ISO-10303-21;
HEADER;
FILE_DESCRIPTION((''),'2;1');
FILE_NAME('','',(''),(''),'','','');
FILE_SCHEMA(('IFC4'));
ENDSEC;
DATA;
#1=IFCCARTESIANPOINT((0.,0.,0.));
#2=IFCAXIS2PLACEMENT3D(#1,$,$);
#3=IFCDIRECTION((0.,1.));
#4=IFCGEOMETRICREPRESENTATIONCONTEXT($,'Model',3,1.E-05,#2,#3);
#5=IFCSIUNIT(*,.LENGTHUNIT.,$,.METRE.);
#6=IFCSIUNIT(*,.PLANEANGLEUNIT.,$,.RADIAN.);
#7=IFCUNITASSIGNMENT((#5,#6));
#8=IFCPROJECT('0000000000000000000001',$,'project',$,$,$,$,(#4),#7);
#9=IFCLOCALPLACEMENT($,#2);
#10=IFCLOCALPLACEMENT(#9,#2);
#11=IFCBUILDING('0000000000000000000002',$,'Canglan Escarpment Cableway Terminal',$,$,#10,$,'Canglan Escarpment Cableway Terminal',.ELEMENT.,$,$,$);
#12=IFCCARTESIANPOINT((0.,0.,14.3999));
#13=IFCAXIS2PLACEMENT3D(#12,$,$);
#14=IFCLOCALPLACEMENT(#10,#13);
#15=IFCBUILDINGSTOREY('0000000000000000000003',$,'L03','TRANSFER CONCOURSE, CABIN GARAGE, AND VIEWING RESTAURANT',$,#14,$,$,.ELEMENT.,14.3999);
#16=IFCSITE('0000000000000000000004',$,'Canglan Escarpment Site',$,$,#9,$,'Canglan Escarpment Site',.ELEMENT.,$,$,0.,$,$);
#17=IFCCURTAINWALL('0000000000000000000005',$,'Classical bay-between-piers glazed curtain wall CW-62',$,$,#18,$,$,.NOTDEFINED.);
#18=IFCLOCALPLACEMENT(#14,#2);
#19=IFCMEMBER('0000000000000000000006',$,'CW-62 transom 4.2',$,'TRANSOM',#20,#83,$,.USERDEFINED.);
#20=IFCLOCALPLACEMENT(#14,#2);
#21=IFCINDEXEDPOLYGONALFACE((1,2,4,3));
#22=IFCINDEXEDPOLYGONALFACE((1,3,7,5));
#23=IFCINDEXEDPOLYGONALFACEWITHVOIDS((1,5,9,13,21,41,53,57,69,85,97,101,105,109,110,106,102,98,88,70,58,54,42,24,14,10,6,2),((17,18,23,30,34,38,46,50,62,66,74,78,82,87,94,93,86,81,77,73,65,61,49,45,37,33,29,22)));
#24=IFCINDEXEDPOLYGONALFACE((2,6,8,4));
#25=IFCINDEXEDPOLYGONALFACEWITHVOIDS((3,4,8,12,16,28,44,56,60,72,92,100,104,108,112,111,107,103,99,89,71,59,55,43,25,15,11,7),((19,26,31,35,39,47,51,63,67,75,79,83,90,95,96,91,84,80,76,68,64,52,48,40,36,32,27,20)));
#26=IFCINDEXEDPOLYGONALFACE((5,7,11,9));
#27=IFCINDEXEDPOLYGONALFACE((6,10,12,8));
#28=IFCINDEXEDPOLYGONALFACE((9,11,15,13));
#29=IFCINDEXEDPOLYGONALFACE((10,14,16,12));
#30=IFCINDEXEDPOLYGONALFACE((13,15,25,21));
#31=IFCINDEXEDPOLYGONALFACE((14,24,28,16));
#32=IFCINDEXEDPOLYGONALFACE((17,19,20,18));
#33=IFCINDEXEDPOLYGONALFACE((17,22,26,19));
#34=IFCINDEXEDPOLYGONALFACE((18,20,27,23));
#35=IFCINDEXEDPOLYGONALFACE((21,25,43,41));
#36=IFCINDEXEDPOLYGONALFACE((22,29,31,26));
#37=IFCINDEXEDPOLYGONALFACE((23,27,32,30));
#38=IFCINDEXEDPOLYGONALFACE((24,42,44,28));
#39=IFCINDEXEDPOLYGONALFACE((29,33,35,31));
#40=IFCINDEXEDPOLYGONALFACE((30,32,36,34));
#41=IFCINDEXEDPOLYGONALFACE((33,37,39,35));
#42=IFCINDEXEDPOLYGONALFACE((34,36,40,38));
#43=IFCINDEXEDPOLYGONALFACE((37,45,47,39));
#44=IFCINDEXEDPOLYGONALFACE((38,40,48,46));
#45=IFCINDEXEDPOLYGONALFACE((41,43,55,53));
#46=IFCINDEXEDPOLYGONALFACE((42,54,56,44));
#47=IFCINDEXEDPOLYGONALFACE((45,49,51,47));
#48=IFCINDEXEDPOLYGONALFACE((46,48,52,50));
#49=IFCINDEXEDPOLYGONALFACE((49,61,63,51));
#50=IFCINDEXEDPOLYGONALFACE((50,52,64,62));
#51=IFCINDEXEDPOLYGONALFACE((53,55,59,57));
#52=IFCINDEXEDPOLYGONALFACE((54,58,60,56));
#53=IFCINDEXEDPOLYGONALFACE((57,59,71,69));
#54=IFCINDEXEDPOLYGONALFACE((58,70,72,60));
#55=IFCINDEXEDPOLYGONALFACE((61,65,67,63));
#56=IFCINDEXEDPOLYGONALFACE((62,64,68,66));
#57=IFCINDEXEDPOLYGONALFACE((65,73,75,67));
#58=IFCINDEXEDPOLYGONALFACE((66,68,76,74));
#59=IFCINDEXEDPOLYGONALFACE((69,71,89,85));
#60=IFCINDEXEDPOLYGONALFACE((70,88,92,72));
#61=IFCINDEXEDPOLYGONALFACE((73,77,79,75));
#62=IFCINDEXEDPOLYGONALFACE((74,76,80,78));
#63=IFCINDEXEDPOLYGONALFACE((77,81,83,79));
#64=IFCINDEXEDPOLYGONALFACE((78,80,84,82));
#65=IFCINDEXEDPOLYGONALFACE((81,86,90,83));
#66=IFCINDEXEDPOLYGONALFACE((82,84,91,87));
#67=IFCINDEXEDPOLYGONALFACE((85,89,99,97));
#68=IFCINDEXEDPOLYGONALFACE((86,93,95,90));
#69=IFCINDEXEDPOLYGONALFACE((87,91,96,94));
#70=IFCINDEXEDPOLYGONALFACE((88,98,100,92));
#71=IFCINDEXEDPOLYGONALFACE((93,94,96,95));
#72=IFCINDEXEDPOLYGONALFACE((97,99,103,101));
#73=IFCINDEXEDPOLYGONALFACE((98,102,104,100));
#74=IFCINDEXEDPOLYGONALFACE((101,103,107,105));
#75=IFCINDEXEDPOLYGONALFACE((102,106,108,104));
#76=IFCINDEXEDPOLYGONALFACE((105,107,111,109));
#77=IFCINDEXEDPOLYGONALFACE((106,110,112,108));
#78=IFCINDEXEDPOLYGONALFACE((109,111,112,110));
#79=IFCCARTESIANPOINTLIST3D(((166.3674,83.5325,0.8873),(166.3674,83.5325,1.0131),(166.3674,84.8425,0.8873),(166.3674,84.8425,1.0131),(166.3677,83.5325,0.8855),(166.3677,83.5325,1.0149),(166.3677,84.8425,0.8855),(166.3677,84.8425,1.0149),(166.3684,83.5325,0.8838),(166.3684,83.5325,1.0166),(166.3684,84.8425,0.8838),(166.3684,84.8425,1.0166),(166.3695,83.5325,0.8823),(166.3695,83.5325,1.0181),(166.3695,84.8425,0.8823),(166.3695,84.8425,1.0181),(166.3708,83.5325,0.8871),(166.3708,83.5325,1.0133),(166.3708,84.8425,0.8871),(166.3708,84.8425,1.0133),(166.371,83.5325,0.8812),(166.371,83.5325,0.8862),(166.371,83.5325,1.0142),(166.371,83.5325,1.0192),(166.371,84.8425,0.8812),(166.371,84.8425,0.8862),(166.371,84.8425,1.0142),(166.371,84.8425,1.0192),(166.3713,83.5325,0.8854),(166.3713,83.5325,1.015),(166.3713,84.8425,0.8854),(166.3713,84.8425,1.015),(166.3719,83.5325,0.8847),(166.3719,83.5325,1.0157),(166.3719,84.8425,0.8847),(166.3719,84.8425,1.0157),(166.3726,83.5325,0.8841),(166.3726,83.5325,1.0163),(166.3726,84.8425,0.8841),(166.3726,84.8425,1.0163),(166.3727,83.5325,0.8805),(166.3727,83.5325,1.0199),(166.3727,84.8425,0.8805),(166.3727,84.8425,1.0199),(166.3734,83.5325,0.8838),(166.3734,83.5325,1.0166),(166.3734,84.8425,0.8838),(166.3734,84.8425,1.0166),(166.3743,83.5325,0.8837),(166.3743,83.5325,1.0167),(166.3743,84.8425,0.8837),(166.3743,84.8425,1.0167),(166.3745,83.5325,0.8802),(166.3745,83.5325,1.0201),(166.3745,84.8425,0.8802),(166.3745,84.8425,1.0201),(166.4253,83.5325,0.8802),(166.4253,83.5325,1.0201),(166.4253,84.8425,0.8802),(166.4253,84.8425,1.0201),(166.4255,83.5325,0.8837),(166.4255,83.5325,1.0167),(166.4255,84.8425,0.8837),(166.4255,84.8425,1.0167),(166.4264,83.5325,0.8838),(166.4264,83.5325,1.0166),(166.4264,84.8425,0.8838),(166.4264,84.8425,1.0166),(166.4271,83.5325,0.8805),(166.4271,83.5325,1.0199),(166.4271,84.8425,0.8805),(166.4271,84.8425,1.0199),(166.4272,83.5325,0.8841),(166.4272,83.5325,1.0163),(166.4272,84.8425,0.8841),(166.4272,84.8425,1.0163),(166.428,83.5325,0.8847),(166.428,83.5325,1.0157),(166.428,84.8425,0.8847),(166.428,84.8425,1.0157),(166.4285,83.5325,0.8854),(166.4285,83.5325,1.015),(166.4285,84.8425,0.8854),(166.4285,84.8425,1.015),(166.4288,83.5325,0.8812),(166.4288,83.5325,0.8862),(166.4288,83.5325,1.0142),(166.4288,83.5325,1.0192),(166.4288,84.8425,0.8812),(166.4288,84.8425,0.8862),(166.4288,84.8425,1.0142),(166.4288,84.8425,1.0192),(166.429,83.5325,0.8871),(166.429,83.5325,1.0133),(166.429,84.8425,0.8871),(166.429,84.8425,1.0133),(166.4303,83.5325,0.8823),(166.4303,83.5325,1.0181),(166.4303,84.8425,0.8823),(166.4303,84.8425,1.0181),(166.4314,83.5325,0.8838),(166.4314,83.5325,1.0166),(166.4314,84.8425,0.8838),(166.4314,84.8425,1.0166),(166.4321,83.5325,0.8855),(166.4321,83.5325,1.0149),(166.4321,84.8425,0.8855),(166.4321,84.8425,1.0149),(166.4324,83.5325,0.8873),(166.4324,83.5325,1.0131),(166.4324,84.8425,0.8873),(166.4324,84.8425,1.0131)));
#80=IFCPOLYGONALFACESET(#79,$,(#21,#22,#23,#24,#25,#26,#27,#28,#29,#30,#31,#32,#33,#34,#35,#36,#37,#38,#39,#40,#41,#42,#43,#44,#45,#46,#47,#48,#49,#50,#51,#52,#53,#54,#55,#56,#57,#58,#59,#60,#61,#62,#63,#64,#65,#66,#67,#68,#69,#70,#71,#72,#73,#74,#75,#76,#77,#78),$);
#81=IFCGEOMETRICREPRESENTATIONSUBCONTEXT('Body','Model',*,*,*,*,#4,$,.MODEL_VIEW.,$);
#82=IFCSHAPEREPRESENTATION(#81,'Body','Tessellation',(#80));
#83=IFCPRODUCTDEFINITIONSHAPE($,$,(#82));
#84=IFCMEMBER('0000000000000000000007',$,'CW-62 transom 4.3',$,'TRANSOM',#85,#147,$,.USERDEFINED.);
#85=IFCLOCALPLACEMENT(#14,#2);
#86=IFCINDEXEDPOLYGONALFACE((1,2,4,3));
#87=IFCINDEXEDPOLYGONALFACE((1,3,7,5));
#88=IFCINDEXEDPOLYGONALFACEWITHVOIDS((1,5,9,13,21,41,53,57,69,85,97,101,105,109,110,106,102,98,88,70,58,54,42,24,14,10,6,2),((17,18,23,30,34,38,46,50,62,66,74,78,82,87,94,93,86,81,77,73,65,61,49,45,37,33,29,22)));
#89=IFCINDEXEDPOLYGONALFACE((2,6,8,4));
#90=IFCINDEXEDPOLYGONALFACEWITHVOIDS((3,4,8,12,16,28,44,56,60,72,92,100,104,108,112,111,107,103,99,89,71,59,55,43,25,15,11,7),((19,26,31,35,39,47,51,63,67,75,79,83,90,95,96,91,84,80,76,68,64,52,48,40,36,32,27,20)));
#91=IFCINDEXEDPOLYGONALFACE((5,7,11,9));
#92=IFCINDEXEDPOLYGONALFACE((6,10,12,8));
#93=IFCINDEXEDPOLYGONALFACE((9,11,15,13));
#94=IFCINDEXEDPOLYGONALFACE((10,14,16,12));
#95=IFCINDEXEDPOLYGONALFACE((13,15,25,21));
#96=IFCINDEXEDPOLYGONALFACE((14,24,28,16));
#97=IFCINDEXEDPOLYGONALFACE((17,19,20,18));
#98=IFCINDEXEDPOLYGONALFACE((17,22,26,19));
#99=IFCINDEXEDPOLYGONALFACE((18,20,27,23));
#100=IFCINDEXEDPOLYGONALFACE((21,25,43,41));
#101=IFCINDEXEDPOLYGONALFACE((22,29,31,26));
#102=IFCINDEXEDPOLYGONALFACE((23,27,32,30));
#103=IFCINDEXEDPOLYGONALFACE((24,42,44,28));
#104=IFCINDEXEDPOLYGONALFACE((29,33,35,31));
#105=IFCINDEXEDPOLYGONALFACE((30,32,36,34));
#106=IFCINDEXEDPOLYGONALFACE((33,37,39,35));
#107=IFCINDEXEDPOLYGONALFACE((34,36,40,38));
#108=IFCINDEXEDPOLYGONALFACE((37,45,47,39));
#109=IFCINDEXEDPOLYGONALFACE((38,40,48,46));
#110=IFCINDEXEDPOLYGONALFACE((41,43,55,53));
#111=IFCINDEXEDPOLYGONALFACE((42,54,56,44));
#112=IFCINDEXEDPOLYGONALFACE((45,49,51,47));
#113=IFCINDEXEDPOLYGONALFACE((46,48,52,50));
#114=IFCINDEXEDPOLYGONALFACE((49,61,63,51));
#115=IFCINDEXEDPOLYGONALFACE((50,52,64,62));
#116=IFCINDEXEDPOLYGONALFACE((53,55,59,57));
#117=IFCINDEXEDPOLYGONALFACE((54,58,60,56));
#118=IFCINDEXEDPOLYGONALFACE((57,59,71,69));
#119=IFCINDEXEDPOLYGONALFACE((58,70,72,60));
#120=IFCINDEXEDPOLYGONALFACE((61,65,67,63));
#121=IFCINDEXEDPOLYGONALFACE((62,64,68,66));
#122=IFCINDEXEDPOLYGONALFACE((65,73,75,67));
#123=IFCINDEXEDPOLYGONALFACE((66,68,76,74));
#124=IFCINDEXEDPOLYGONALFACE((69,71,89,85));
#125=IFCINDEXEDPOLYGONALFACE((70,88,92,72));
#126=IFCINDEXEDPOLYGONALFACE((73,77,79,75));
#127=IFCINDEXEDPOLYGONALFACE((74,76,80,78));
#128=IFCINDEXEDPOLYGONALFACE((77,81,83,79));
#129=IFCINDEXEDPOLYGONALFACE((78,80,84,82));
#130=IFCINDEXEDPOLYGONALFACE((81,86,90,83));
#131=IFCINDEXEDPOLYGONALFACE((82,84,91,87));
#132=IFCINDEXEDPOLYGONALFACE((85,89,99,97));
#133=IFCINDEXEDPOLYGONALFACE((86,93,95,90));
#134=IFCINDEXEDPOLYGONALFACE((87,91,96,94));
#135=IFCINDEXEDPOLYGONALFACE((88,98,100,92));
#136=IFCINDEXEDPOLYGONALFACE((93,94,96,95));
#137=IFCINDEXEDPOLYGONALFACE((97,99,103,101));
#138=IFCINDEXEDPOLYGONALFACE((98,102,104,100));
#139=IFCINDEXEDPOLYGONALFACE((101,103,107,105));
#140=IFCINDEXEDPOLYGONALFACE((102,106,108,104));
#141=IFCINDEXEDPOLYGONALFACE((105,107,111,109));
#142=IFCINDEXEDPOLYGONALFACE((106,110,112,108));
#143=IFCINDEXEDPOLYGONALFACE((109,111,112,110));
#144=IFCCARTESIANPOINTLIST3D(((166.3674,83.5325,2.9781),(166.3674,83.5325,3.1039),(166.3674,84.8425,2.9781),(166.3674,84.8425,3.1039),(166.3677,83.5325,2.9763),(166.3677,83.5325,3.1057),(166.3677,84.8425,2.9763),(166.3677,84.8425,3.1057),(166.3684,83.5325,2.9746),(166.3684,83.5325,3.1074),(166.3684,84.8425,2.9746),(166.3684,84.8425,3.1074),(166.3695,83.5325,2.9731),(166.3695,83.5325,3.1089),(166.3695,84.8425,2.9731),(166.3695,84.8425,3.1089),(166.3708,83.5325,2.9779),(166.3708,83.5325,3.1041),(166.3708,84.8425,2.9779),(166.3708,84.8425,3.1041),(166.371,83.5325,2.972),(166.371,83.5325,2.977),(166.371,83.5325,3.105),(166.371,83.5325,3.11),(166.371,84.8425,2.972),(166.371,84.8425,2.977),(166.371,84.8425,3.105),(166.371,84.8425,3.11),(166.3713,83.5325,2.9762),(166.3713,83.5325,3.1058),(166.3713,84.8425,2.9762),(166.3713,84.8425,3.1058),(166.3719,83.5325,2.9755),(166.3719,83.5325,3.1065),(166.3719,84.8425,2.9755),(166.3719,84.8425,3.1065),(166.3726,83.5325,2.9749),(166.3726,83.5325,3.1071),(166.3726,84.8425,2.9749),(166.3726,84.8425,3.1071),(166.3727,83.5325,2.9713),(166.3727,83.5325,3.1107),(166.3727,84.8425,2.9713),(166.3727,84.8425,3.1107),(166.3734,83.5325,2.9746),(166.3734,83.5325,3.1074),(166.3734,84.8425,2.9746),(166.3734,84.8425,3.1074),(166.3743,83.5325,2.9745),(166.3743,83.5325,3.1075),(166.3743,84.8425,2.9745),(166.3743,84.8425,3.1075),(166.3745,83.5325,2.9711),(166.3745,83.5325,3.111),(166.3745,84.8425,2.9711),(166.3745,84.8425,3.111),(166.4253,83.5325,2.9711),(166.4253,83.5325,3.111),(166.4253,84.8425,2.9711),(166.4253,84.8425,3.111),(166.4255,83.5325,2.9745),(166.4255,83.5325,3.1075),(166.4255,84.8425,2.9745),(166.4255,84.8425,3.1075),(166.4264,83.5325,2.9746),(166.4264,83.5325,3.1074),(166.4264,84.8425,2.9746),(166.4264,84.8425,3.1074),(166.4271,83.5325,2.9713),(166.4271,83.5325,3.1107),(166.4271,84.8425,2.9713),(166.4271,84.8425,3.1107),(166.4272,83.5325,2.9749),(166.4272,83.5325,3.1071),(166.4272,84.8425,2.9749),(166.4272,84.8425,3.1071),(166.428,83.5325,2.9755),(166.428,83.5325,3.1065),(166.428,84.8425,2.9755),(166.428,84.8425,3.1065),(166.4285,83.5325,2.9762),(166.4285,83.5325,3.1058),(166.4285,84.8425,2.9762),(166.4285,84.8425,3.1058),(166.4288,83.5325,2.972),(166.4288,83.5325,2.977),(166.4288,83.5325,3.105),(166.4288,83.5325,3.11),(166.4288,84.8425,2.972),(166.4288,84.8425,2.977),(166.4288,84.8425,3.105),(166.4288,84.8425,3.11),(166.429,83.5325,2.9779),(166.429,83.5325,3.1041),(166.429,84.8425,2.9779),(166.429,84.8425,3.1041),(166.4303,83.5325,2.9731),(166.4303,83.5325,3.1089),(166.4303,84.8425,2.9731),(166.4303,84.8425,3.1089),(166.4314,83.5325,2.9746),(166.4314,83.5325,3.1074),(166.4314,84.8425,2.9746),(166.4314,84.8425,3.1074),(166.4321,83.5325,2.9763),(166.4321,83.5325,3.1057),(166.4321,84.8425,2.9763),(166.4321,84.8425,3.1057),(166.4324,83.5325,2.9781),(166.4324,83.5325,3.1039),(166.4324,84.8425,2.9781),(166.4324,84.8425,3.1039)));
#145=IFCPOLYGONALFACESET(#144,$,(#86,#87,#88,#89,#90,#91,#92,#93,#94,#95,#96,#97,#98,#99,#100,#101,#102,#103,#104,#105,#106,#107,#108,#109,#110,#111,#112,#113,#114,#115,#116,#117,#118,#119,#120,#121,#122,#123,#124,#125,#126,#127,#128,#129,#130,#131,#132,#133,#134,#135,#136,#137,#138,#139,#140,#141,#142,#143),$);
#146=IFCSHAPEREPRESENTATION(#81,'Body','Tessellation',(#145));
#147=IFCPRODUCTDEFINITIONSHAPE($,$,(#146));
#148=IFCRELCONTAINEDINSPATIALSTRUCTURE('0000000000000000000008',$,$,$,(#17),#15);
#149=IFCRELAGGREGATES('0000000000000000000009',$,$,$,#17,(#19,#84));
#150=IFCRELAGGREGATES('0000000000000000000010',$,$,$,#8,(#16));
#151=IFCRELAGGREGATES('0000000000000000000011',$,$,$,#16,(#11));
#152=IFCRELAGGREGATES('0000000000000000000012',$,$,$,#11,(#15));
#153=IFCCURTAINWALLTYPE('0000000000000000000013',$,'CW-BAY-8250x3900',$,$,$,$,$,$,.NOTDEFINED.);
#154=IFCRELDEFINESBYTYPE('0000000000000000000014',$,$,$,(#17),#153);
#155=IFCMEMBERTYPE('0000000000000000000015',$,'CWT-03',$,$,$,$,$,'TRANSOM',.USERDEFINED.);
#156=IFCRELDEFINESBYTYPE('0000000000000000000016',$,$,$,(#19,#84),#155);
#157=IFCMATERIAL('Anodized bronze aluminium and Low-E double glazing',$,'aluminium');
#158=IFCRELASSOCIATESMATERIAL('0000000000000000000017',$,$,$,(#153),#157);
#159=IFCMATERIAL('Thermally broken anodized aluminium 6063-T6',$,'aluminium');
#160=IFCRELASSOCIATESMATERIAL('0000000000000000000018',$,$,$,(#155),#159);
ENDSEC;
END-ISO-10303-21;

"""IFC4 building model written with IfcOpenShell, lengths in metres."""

from ifc_helpers import new_model, si_unit, direction, frame, origin, origin_2d, place, context, subcontext, project, spatial, hollow_rectangle, extrude, material, material_profile, profile_set, type_object, element, aggregate, save


model = new_model("IFC4")

# Units and contexts
model_context = context("Model", 3, precision=1e-05, world=origin(), true_north=direction((0.0, 1.0)))
body_context = subcontext(model_context, "Body", "Model", "MODEL_VIEW")
ifc_project = project(units=[si_unit("LENGTHUNIT", "METRE"), si_unit("PLANEANGLEUNIT", "RADIAN")], contexts=[model_context])

# Site, building, storey
site_placement = place(None, origin())
site = spatial("IfcSite", under=ifc_project, at=site_placement, Name="Canglan Escarpment Site", LongName="Canglan Escarpment Site", CompositionType="ELEMENT", RefElevation=0.0)
building_placement = place(site_placement, origin())
building = spatial("IfcBuilding", under=site, at=building_placement, Name="Canglan Escarpment Cableway Terminal", LongName="Canglan Escarpment Cableway Terminal", CompositionType="ELEMENT")
storey_placement = place(building_placement, frame((0.0, 0.0, 14.3999)))
storey = spatial("IfcBuildingStorey", under=building, at=storey_placement, Name="L03", Description="TRANSFER CONCOURSE, CABIN GARAGE, AND VIEWING RESTAURANT", CompositionType="ELEMENT", Elevation=14.3999)

# Curtain wall, members
ifc_material_1 = material(Name="Anodized bronze aluminium and Low-E double glazing", Category="aluminium")
curtain_wall_type = type_object("IfcCurtainWallType", Name="CW-BAY-8250x3900", PredefinedType="NOTDEFINED", material=ifc_material_1)
curtain_wall_placement = place(storey_placement, origin())
curtain_wall = element("IfcCurtainWall", 1, at=curtain_wall_placement, inside=storey, type_object=curtain_wall_type, Name="Classical bay-between-piers glazed curtain wall CW-62", PredefinedType="NOTDEFINED")
ifc_material_2 = material(Name="Thermally broken anodized aluminium 6063-T6", Category="aluminium")
ifc_material_profile_1 = material_profile(ifc_material_2, hollow_rectangle(XDim=0.0649, YDim=0.1399, WallThickness=0.0034, InnerFilletRadius=0.0034, OuterFilletRadius=0.0071, at=origin_2d()), Name="ALU-TRAN 65x140x3.5")
ifc_profile_set_1 = profile_set([ifc_material_profile_1], Name="Thermally broken anodized aluminium 6063-T6")
member_type_1 = type_object("IfcMemberType", Name="CWT-03", ElementType="TRANSOM", PredefinedType="USERDEFINED", material=ifc_profile_set_1)
member_1_placement = place(storey_placement, frame((166.3999, 83.5325, 0.9502), z_axis=(0.0, 1.0, 0.0), x_axis=(-1.0, 0.0, 0.0)))
member_1 = element("IfcMember", 2, at=member_1_placement, type_object=member_type_1, Name="CW-62 transom 4.2", ObjectType="TRANSOM", PredefinedType="USERDEFINED", context=body_context, shape_type="SweptSolid", body=[
    extrude(hollow_rectangle(XDim=0.0649, YDim=0.1399, WallThickness=0.0034, InnerFilletRadius=0.0034, OuterFilletRadius=0.0071, at=origin_2d()), origin(), (0.0, 0.0, 1.0), 1.3101),
])
member_2_placement = place(storey_placement, frame((166.3999, 83.5325, 3.041), z_axis=(0.0, 1.0, 0.0), x_axis=(-1.0, 0.0, 0.0)))
member_2 = element("IfcMember", 3, at=member_2_placement, type_object=member_type_1, Name="CW-62 transom 4.3", ObjectType="TRANSOM", PredefinedType="USERDEFINED", context=body_context, shape_type="SweptSolid", body=[
    extrude(hollow_rectangle(XDim=0.0649, YDim=0.1399, WallThickness=0.0034, InnerFilletRadius=0.0034, OuterFilletRadius=0.0071, at=origin_2d()), origin(), (0.0, 0.0, 1.0), 1.3101),
])
aggregate(curtain_wall, [member_1, member_2])

save(model, "model.ifc")
